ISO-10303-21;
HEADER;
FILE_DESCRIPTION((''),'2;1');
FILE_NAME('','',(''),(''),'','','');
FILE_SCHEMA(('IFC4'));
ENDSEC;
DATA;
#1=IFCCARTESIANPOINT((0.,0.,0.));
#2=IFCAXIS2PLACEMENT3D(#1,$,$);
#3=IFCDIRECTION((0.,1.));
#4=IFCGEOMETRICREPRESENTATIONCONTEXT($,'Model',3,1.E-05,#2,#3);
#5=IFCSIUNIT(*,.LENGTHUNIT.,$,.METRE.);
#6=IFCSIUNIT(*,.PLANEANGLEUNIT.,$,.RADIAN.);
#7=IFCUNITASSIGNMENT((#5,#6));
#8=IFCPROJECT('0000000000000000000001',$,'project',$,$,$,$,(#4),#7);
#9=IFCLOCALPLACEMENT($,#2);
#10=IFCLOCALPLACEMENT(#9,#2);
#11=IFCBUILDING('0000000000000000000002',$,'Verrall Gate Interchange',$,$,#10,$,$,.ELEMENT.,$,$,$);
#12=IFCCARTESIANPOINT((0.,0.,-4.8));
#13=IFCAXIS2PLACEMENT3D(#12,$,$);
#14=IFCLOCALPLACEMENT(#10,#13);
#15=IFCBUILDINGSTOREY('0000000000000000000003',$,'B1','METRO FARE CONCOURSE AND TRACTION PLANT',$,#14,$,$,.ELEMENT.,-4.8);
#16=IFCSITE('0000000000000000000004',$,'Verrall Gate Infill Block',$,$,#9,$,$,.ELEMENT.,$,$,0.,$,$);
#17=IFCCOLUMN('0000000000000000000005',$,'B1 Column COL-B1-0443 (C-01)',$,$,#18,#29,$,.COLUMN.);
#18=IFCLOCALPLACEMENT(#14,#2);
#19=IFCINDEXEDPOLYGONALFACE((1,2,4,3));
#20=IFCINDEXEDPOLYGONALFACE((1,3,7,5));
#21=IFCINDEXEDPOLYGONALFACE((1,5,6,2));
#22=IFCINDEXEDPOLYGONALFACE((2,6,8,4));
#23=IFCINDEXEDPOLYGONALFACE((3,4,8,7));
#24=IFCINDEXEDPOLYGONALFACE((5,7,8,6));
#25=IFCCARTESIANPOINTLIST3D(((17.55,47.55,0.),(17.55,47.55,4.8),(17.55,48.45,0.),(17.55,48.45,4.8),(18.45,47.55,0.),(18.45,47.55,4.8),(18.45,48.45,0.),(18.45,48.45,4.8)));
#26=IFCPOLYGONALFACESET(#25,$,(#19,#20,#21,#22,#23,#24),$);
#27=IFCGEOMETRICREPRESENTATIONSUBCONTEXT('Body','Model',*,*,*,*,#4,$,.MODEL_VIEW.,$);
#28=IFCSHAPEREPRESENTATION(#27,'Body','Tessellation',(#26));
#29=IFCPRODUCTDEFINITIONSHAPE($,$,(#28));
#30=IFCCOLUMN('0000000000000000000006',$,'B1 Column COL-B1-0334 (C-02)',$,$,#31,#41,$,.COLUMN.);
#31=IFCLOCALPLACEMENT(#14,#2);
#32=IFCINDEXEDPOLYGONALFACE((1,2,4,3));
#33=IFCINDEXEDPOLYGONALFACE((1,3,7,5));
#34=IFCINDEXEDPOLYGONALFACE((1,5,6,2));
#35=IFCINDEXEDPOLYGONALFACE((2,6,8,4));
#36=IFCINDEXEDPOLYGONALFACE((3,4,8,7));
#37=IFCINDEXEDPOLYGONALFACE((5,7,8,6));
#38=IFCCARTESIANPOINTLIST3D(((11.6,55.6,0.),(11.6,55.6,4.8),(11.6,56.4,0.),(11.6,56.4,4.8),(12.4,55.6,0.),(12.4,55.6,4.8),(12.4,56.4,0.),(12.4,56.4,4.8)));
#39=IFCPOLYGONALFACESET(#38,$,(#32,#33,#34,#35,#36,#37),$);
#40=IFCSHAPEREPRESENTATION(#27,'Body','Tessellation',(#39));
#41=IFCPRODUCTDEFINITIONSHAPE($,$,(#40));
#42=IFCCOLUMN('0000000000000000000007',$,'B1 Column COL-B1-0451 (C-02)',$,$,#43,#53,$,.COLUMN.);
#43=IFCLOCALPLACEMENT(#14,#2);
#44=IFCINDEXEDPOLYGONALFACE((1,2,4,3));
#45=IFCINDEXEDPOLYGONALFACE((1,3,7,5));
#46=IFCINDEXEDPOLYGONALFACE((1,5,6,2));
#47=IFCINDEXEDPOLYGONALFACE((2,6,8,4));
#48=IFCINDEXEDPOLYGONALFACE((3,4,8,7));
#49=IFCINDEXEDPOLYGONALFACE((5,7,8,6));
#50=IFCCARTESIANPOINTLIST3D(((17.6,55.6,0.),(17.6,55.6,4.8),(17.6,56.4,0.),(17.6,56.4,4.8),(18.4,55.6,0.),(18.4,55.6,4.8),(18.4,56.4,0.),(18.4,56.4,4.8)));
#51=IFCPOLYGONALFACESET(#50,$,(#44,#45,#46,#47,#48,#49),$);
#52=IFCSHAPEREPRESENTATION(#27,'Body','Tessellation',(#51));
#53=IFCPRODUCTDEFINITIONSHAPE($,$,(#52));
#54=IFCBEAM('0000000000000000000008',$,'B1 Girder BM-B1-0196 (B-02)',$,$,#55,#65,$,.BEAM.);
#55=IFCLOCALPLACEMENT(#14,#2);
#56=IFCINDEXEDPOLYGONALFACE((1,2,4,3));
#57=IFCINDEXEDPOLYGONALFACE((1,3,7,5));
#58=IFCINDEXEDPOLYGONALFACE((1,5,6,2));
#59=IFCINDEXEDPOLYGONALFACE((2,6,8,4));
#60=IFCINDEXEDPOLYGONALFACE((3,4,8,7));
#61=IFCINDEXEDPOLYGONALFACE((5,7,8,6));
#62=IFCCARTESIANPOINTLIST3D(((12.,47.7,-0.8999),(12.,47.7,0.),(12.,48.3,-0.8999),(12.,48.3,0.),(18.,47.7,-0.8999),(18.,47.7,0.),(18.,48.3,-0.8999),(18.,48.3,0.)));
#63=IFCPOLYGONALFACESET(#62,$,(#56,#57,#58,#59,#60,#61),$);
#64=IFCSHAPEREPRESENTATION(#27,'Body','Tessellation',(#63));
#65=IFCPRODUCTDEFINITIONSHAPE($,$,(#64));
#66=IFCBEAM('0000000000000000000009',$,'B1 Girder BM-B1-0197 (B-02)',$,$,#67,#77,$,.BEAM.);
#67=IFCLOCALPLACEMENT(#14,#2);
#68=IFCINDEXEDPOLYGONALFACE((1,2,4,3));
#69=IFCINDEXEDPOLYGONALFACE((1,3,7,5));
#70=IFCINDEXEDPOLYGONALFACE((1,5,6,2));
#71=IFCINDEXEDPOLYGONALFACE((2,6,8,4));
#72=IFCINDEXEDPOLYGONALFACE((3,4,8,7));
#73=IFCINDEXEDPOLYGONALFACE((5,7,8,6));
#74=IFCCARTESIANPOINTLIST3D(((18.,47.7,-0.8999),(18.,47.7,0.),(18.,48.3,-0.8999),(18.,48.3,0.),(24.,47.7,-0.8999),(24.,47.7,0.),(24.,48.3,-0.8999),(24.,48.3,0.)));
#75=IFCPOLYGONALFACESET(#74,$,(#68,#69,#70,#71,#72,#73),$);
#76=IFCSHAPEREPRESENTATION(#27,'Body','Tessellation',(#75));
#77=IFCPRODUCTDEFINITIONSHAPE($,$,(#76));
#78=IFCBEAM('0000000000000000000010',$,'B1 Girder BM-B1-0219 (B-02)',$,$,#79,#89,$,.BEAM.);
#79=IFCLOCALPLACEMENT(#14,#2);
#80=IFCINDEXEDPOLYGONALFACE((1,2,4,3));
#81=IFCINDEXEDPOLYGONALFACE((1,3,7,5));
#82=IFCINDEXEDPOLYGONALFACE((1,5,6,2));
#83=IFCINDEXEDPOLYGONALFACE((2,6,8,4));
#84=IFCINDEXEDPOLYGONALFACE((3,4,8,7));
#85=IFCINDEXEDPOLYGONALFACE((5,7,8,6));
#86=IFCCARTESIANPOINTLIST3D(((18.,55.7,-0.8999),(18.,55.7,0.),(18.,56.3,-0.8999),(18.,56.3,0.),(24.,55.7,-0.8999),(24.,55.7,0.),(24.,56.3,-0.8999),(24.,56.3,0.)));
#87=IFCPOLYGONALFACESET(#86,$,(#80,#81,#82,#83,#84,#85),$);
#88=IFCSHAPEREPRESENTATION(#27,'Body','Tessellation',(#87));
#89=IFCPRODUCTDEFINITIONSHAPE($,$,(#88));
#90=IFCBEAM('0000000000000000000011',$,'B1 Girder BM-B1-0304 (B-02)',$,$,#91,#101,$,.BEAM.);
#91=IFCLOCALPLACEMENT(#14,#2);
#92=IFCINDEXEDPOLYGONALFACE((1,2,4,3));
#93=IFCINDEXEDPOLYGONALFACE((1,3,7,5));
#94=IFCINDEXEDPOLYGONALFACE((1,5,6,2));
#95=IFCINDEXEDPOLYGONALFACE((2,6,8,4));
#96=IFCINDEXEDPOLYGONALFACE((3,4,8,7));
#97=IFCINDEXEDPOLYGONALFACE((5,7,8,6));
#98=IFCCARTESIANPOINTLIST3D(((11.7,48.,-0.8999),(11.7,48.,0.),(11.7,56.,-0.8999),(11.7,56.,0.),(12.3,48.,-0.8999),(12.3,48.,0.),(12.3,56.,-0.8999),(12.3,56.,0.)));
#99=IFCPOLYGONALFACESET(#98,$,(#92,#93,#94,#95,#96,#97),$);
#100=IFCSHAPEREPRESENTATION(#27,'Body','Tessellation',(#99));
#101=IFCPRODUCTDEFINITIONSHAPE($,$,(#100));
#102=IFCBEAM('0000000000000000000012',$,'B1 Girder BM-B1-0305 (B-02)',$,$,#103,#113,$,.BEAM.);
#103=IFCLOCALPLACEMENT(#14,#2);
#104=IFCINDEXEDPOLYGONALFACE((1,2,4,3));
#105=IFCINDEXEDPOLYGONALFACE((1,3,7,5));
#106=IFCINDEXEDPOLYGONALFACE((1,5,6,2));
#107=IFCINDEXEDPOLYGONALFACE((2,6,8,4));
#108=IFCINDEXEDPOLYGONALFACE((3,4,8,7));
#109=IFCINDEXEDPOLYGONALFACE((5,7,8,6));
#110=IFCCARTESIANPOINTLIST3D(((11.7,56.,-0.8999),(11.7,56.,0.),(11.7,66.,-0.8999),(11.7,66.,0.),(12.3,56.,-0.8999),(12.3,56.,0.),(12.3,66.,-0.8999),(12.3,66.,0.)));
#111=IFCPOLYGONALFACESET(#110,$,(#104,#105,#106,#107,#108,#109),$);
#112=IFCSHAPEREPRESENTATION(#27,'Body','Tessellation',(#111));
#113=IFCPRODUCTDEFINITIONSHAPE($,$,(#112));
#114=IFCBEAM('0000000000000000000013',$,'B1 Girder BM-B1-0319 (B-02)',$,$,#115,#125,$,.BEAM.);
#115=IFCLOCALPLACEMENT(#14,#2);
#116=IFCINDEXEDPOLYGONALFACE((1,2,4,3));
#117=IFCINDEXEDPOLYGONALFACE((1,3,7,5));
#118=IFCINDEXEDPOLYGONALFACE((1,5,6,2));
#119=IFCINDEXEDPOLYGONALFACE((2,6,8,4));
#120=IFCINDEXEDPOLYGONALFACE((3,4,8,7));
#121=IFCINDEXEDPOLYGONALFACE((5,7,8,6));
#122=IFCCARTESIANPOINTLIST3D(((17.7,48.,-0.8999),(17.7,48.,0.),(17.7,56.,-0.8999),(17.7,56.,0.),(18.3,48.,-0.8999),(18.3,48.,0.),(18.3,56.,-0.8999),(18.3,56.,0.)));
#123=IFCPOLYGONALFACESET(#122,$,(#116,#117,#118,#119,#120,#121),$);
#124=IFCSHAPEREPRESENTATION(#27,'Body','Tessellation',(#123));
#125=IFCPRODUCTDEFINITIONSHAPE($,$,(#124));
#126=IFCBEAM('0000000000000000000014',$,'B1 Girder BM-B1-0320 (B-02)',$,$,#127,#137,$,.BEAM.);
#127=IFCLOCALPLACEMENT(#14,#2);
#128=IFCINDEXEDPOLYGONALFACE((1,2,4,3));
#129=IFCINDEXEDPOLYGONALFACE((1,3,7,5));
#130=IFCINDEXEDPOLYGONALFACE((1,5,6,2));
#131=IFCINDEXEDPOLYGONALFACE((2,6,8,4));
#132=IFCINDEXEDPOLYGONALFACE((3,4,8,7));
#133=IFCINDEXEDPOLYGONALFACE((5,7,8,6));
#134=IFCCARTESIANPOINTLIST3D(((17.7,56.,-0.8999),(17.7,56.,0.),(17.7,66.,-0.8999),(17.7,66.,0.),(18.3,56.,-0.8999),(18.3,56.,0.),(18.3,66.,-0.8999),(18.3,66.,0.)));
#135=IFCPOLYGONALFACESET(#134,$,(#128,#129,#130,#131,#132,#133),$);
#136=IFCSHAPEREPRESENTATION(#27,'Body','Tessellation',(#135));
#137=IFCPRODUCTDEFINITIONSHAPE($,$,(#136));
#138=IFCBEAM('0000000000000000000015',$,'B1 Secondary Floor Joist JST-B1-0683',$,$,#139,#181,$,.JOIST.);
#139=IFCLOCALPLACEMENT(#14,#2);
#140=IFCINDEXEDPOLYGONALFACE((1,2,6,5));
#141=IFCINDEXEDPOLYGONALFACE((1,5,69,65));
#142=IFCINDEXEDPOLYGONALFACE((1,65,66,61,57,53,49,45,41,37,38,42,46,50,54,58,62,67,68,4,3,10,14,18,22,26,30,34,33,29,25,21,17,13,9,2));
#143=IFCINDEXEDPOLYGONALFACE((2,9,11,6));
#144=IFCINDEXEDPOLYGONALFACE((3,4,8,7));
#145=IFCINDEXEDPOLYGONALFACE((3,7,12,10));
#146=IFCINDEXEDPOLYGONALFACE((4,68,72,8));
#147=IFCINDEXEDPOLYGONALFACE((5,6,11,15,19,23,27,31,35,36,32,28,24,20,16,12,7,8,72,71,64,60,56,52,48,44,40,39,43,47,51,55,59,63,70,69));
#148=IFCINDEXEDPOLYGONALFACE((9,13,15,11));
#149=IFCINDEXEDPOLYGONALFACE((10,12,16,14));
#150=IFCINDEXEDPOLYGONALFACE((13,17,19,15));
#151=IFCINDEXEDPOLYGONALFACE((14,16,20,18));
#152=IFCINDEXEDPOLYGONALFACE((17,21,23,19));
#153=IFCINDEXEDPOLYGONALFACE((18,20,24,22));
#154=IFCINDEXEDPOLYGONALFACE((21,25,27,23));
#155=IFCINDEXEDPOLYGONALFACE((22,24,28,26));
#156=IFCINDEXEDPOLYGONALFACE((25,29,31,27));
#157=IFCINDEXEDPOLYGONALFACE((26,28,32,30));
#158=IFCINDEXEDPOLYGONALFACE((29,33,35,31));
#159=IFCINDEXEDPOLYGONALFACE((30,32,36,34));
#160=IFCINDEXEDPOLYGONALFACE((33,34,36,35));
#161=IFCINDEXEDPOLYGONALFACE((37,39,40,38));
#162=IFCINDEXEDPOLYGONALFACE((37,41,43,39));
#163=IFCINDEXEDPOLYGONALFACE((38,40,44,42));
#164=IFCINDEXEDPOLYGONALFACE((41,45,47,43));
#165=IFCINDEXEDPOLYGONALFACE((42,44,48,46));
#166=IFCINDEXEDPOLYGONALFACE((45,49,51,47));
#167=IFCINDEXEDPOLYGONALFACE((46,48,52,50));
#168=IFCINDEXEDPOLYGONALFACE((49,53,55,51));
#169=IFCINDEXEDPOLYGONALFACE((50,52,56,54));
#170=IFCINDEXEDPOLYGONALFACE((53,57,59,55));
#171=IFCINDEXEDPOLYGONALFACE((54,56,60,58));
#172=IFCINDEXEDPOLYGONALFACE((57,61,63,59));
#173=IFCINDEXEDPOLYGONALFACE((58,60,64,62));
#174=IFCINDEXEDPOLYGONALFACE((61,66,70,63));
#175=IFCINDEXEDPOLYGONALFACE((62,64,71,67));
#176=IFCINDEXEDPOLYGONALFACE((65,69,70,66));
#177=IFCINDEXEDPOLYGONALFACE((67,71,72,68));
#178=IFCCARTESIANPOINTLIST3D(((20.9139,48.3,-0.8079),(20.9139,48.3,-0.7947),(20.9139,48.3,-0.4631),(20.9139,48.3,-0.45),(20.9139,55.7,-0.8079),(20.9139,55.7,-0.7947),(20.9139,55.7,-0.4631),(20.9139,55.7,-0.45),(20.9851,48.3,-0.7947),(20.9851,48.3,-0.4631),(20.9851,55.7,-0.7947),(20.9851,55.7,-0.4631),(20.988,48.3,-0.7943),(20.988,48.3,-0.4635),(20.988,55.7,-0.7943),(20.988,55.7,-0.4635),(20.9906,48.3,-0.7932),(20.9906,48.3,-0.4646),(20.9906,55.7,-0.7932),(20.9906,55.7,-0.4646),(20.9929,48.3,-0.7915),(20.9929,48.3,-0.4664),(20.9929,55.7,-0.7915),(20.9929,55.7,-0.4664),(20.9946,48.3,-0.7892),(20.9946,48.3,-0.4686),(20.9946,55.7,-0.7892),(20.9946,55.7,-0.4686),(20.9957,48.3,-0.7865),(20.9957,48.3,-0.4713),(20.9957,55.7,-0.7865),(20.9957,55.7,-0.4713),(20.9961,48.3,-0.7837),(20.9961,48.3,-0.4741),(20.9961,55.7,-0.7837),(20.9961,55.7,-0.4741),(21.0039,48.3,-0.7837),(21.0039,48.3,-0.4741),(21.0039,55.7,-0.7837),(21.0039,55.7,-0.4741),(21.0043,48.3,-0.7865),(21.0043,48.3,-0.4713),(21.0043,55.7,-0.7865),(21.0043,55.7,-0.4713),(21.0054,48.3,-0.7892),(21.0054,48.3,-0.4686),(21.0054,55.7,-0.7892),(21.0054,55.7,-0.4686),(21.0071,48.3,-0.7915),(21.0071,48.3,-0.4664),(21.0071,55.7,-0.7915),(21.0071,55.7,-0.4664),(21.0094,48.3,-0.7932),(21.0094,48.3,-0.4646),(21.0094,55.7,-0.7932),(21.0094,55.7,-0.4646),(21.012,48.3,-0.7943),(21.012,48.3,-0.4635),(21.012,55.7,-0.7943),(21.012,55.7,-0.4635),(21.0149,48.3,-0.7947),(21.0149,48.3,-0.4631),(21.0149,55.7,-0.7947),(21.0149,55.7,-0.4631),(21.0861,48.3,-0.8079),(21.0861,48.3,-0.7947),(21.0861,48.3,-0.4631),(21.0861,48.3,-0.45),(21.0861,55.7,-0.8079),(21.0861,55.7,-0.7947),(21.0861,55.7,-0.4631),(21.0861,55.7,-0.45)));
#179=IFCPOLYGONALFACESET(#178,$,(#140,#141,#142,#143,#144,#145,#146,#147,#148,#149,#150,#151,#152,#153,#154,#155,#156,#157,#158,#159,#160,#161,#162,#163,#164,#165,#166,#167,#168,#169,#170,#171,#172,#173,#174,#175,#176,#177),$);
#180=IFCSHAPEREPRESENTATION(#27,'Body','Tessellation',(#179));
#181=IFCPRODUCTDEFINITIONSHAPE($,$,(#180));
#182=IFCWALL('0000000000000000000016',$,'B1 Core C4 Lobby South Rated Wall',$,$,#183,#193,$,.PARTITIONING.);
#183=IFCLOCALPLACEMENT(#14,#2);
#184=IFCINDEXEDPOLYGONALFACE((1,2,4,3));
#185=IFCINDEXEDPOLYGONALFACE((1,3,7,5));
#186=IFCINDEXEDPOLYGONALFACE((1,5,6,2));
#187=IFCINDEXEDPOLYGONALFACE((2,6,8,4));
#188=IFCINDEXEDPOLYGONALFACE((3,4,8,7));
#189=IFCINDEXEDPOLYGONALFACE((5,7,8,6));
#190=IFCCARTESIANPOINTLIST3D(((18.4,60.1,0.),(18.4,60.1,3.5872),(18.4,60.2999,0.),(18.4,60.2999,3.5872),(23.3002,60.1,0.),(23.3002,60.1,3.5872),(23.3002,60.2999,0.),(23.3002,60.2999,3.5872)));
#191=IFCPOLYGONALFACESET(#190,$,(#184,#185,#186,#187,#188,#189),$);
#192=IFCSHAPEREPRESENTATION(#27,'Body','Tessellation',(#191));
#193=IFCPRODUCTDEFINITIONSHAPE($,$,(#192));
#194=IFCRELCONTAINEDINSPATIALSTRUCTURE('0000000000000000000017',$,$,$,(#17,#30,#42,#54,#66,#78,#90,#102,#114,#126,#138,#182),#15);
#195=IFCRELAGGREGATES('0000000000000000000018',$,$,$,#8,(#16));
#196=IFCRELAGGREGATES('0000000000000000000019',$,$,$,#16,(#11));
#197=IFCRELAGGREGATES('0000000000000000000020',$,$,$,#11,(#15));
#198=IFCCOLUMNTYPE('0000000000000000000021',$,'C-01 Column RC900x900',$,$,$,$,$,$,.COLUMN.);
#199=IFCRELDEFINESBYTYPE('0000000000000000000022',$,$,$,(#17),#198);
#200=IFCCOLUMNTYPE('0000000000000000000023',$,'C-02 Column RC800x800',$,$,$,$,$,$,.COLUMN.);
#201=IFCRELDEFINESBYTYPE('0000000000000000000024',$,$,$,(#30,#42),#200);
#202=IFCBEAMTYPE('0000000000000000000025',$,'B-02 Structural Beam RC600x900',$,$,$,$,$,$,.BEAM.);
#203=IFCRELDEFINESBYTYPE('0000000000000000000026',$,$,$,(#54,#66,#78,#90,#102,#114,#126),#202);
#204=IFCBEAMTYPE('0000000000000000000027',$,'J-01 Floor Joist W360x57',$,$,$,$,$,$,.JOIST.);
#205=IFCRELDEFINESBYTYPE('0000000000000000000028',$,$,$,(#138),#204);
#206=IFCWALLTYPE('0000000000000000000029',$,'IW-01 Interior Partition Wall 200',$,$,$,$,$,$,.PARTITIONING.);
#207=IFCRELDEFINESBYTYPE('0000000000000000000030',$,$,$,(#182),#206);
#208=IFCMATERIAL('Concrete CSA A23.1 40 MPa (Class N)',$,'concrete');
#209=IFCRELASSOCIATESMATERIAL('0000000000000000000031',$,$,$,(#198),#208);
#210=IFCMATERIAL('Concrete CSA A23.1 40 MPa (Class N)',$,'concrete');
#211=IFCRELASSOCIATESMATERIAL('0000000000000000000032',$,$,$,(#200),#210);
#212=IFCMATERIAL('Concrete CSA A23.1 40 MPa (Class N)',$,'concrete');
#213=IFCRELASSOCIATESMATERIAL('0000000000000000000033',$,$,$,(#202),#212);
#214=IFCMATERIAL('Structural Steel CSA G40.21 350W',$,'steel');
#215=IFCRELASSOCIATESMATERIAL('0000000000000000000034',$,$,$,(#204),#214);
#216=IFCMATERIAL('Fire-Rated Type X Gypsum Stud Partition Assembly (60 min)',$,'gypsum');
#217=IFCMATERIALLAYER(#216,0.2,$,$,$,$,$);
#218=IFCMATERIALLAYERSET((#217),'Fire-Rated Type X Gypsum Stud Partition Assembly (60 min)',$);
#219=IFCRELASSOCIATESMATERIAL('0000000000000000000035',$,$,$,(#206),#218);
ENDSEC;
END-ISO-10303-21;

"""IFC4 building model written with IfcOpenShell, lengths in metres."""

from ifc_helpers import new_model, si_unit, direction, frame, frame_2d, origin, origin_2d, place, context, subcontext, project, spatial, rectangle, i_section, extrude, material, layer, layer_set, material_profile, profile_set, type_object, element, save


model = new_model("IFC4")

# Units and contexts
model_context = context("Model", 3, precision=1e-05, world=origin(), true_north=direction((0.0, 1.0)))
body_context = subcontext(model_context, "Body", "Model", "MODEL_VIEW")
ifc_project = project(units=[si_unit("LENGTHUNIT", "METRE"), si_unit("PLANEANGLEUNIT", "RADIAN")], contexts=[model_context])

# Site, building, storey
site_placement = place(None, origin())
site = spatial("IfcSite", under=ifc_project, at=site_placement, Name="Verrall Gate Infill Block", CompositionType="ELEMENT", RefElevation=0.0)
building_placement = place(site_placement, origin())
building = spatial("IfcBuilding", under=site, at=building_placement, Name="Verrall Gate Interchange", CompositionType="ELEMENT")
storey_placement = place(building_placement, frame((0.0, 0.0, -4.8)))
storey = spatial("IfcBuildingStorey", under=building, at=storey_placement, Name="B1", Description="METRO FARE CONCOURSE AND TRACTION PLANT", CompositionType="ELEMENT", Elevation=-4.8)

# Columns
ifc_material_1 = material(Name="Concrete CSA A23.1 40 MPa (Class N)", Category="concrete")
ifc_material_profile_1 = material_profile(ifc_material_1, rectangle(XDim=0.8999, YDim=0.8999, at=origin_2d()), Name="RC900x900")
ifc_profile_set_1 = profile_set([ifc_material_profile_1], Name="Concrete CSA A23.1 40 MPa (Class N)")
column_type_1 = type_object("IfcColumnType", Name="C-01 Column RC900x900", PredefinedType="COLUMN", material=ifc_profile_set_1)
column_placement = place(storey_placement, frame((18.0, 48.0, 0.0), z_axis=(0.0, 0.0, 1.0), x_axis=(1.0, 0.0, 0.0)))
element("IfcColumn", 1, at=column_placement, inside=storey, type_object=column_type_1, Name="B1 Column COL-B1-0443 (C-01)", PredefinedType="COLUMN", context=body_context, shape_type="SweptSolid", body=[
    extrude(rectangle(XDim=0.8999, YDim=0.8999, at=origin_2d()), origin(), (0.0, 0.0, 1.0), 4.8),
])
ifc_material_2 = material(Name="Concrete CSA A23.1 40 MPa (Class N)", Category="concrete")
ifc_material_profile_2 = material_profile(ifc_material_2, rectangle(XDim=0.8, YDim=0.8, at=origin_2d()), Name="RC800x800")
ifc_profile_set_2 = profile_set([ifc_material_profile_2], Name="Concrete CSA A23.1 40 MPa (Class N)")
column_type_2 = type_object("IfcColumnType", Name="C-02 Column RC800x800", PredefinedType="COLUMN", material=ifc_profile_set_2)
for number, where, z_axis, x_axis, name in (
    (2, (12.0, 56.0, 0.0), (0.0, 0.0, 1.0), (1.0, 0.0, 0.0), "B1 Column COL-B1-0334 (C-02)"),
    (3, (18.0, 56.0, 0.0), (0.0, 0.0, 1.0), (1.0, 0.0, 0.0), "B1 Column COL-B1-0451 (C-02)"),
):
    element("IfcColumn", number, at=place(storey_placement, frame(where, z_axis=z_axis, x_axis=x_axis)), inside=storey, type_object=column_type_2, Name=name, PredefinedType="COLUMN", context=body_context, shape_type="SweptSolid", body=[
        extrude(rectangle(XDim=0.8, YDim=0.8, at=origin_2d()), origin(), (0.0, 0.0, 1.0), 4.8),
    ])

# Beams
ifc_material_3 = material(Name="Concrete CSA A23.1 40 MPa (Class N)", Category="concrete")
ifc_material_profile_3 = material_profile(ifc_material_3, rectangle(XDim=0.6001, YDim=0.8999, at=origin_2d()), Name="RC600x900")
ifc_profile_set_3 = profile_set([ifc_material_profile_3], Name="Concrete CSA A23.1 40 MPa (Class N)")
beam_type_1 = type_object("IfcBeamType", Name="B-02 Structural Beam RC600x900", PredefinedType="BEAM", material=ifc_profile_set_3)
for number, where, z_axis, x_axis, name in (
    (4, (12.0, 48.0, -0.45), (1.0, 0.0, 0.0), (0.0, 1.0, 0.0), "B1 Girder BM-B1-0196 (B-02)"),
    (5, (18.0, 48.0, -0.45), (1.0, 0.0, 0.0), (0.0, 1.0, 0.0), "B1 Girder BM-B1-0197 (B-02)"),
    (6, (18.0, 56.0, -0.45), (1.0, 0.0, 0.0), (0.0, 1.0, 0.0), "B1 Girder BM-B1-0219 (B-02)"),
):
    element("IfcBeam", number, at=place(storey_placement, frame(where, z_axis=z_axis, x_axis=x_axis)), inside=storey, type_object=beam_type_1, Name=name, PredefinedType="BEAM", context=body_context, shape_type="SweptSolid", body=[
        extrude(rectangle(XDim=0.6001, YDim=0.8999, at=origin_2d()), origin(), (0.0, 0.0, 1.0), 6.0),
    ])
beam_1_placement = place(storey_placement, frame((12.0, 48.0, -0.45), z_axis=(0.0, 1.0, 0.0), x_axis=(-1.0, 0.0, 0.0)))
element("IfcBeam", 7, at=beam_1_placement, inside=storey, type_object=beam_type_1, Name="B1 Girder BM-B1-0304 (B-02)", PredefinedType="BEAM", context=body_context, shape_type="SweptSolid", body=[
    extrude(rectangle(XDim=0.6001, YDim=0.8999, at=origin_2d()), origin(), (0.0, 0.0, 1.0), 8.0),
])
beam_2_placement = place(storey_placement, frame((12.0, 56.0, -0.45), z_axis=(0.0, 1.0, 0.0), x_axis=(-1.0, 0.0, 0.0)))
element("IfcBeam", 8, at=beam_2_placement, inside=storey, type_object=beam_type_1, Name="B1 Girder BM-B1-0305 (B-02)", PredefinedType="BEAM", context=body_context, shape_type="SweptSolid", body=[
    extrude(rectangle(XDim=0.6001, YDim=0.8999, at=origin_2d()), origin(), (0.0, 0.0, 1.0), 10.0),
])
beam_3_placement = place(storey_placement, frame((18.0, 48.0, -0.45), z_axis=(0.0, 1.0, 0.0), x_axis=(-1.0, 0.0, 0.0)))
element("IfcBeam", 9, at=beam_3_placement, inside=storey, type_object=beam_type_1, Name="B1 Girder BM-B1-0319 (B-02)", PredefinedType="BEAM", context=body_context, shape_type="SweptSolid", body=[
    extrude(rectangle(XDim=0.6001, YDim=0.8999, at=origin_2d()), origin(), (0.0, 0.0, 1.0), 8.0),
])
beam_4_placement = place(storey_placement, frame((18.0, 56.0, -0.45), z_axis=(0.0, 1.0, 0.0), x_axis=(-1.0, 0.0, 0.0)))
element("IfcBeam", 10, at=beam_4_placement, inside=storey, type_object=beam_type_1, Name="B1 Girder BM-B1-0320 (B-02)", PredefinedType="BEAM", context=body_context, shape_type="SweptSolid", body=[
    extrude(rectangle(XDim=0.6001, YDim=0.8999, at=origin_2d()), origin(), (0.0, 0.0, 1.0), 10.0),
])
ifc_material_4 = material(Name="Structural Steel CSA G40.21 350W", Category="steel")
ifc_material_profile_4 = material_profile(ifc_material_4, i_section(OverallWidth=0.1721, OverallDepth=0.3579, WebThickness=0.0078, FlangeThickness=0.0132, FilletRadius=0.011, at=origin_2d()), Name="W360x57")
ifc_profile_set_4 = profile_set([ifc_material_profile_4], Name="Structural Steel CSA G40.21 350W")
beam_type_2 = type_object("IfcBeamType", Name="J-01 Floor Joist W360x57", PredefinedType="JOIST", material=ifc_profile_set_4)
beam_5_placement = place(storey_placement, frame((21.0, 48.3, -0.6289), z_axis=(0.0, 1.0, 0.0), x_axis=(-1.0, 0.0, 0.0)))
element("IfcBeam", 11, at=beam_5_placement, inside=storey, type_object=beam_type_2, Name="B1 Secondary Floor Joist JST-B1-0683", PredefinedType="JOIST", context=body_context, shape_type="SweptSolid", body=[
    extrude(i_section(OverallWidth=0.1721, OverallDepth=0.3579, WebThickness=0.0078, FlangeThickness=0.0132, FilletRadius=0.011, at=origin_2d()), origin(), (0.0, 0.0, 1.0), 7.3999),
])

# Shared definitions
ifc_material_5 = material(Name="Fire-Rated Type X Gypsum Stud Partition Assembly (60 min)", Category="gypsum")
ifc_layer_1 = layer(ifc_material_5, 0.2)
ifc_layer_set_1 = layer_set([ifc_layer_1], Name="Fire-Rated Type X Gypsum Stud Partition Assembly (60 min)")
wall_type_1 = type_object("IfcWallType", Name="IW-01 Interior Partition Wall 200", PredefinedType="PARTITIONING", material=ifc_layer_set_1)

# Wall
wall_1_placement = place(storey_placement, frame((18.3999, 60.2, 0.0), z_axis=(0.0, 0.0, 1.0), x_axis=(1.0, 0.0, 0.0)))
element("IfcWall", 12, at=wall_1_placement, inside=storey, type_object=wall_type_1, Name="B1 Core C4 Lobby South Rated Wall", PredefinedType="PARTITIONING", context=body_context, shape_type="SweptSolid", body=[
    extrude(rectangle(XDim=4.9001, YDim=0.2, at=frame_2d((2.4502, 0.0))), origin(), (0.0, 0.0, 1.0), 3.5872),
])

save(model, "model.ifc")
